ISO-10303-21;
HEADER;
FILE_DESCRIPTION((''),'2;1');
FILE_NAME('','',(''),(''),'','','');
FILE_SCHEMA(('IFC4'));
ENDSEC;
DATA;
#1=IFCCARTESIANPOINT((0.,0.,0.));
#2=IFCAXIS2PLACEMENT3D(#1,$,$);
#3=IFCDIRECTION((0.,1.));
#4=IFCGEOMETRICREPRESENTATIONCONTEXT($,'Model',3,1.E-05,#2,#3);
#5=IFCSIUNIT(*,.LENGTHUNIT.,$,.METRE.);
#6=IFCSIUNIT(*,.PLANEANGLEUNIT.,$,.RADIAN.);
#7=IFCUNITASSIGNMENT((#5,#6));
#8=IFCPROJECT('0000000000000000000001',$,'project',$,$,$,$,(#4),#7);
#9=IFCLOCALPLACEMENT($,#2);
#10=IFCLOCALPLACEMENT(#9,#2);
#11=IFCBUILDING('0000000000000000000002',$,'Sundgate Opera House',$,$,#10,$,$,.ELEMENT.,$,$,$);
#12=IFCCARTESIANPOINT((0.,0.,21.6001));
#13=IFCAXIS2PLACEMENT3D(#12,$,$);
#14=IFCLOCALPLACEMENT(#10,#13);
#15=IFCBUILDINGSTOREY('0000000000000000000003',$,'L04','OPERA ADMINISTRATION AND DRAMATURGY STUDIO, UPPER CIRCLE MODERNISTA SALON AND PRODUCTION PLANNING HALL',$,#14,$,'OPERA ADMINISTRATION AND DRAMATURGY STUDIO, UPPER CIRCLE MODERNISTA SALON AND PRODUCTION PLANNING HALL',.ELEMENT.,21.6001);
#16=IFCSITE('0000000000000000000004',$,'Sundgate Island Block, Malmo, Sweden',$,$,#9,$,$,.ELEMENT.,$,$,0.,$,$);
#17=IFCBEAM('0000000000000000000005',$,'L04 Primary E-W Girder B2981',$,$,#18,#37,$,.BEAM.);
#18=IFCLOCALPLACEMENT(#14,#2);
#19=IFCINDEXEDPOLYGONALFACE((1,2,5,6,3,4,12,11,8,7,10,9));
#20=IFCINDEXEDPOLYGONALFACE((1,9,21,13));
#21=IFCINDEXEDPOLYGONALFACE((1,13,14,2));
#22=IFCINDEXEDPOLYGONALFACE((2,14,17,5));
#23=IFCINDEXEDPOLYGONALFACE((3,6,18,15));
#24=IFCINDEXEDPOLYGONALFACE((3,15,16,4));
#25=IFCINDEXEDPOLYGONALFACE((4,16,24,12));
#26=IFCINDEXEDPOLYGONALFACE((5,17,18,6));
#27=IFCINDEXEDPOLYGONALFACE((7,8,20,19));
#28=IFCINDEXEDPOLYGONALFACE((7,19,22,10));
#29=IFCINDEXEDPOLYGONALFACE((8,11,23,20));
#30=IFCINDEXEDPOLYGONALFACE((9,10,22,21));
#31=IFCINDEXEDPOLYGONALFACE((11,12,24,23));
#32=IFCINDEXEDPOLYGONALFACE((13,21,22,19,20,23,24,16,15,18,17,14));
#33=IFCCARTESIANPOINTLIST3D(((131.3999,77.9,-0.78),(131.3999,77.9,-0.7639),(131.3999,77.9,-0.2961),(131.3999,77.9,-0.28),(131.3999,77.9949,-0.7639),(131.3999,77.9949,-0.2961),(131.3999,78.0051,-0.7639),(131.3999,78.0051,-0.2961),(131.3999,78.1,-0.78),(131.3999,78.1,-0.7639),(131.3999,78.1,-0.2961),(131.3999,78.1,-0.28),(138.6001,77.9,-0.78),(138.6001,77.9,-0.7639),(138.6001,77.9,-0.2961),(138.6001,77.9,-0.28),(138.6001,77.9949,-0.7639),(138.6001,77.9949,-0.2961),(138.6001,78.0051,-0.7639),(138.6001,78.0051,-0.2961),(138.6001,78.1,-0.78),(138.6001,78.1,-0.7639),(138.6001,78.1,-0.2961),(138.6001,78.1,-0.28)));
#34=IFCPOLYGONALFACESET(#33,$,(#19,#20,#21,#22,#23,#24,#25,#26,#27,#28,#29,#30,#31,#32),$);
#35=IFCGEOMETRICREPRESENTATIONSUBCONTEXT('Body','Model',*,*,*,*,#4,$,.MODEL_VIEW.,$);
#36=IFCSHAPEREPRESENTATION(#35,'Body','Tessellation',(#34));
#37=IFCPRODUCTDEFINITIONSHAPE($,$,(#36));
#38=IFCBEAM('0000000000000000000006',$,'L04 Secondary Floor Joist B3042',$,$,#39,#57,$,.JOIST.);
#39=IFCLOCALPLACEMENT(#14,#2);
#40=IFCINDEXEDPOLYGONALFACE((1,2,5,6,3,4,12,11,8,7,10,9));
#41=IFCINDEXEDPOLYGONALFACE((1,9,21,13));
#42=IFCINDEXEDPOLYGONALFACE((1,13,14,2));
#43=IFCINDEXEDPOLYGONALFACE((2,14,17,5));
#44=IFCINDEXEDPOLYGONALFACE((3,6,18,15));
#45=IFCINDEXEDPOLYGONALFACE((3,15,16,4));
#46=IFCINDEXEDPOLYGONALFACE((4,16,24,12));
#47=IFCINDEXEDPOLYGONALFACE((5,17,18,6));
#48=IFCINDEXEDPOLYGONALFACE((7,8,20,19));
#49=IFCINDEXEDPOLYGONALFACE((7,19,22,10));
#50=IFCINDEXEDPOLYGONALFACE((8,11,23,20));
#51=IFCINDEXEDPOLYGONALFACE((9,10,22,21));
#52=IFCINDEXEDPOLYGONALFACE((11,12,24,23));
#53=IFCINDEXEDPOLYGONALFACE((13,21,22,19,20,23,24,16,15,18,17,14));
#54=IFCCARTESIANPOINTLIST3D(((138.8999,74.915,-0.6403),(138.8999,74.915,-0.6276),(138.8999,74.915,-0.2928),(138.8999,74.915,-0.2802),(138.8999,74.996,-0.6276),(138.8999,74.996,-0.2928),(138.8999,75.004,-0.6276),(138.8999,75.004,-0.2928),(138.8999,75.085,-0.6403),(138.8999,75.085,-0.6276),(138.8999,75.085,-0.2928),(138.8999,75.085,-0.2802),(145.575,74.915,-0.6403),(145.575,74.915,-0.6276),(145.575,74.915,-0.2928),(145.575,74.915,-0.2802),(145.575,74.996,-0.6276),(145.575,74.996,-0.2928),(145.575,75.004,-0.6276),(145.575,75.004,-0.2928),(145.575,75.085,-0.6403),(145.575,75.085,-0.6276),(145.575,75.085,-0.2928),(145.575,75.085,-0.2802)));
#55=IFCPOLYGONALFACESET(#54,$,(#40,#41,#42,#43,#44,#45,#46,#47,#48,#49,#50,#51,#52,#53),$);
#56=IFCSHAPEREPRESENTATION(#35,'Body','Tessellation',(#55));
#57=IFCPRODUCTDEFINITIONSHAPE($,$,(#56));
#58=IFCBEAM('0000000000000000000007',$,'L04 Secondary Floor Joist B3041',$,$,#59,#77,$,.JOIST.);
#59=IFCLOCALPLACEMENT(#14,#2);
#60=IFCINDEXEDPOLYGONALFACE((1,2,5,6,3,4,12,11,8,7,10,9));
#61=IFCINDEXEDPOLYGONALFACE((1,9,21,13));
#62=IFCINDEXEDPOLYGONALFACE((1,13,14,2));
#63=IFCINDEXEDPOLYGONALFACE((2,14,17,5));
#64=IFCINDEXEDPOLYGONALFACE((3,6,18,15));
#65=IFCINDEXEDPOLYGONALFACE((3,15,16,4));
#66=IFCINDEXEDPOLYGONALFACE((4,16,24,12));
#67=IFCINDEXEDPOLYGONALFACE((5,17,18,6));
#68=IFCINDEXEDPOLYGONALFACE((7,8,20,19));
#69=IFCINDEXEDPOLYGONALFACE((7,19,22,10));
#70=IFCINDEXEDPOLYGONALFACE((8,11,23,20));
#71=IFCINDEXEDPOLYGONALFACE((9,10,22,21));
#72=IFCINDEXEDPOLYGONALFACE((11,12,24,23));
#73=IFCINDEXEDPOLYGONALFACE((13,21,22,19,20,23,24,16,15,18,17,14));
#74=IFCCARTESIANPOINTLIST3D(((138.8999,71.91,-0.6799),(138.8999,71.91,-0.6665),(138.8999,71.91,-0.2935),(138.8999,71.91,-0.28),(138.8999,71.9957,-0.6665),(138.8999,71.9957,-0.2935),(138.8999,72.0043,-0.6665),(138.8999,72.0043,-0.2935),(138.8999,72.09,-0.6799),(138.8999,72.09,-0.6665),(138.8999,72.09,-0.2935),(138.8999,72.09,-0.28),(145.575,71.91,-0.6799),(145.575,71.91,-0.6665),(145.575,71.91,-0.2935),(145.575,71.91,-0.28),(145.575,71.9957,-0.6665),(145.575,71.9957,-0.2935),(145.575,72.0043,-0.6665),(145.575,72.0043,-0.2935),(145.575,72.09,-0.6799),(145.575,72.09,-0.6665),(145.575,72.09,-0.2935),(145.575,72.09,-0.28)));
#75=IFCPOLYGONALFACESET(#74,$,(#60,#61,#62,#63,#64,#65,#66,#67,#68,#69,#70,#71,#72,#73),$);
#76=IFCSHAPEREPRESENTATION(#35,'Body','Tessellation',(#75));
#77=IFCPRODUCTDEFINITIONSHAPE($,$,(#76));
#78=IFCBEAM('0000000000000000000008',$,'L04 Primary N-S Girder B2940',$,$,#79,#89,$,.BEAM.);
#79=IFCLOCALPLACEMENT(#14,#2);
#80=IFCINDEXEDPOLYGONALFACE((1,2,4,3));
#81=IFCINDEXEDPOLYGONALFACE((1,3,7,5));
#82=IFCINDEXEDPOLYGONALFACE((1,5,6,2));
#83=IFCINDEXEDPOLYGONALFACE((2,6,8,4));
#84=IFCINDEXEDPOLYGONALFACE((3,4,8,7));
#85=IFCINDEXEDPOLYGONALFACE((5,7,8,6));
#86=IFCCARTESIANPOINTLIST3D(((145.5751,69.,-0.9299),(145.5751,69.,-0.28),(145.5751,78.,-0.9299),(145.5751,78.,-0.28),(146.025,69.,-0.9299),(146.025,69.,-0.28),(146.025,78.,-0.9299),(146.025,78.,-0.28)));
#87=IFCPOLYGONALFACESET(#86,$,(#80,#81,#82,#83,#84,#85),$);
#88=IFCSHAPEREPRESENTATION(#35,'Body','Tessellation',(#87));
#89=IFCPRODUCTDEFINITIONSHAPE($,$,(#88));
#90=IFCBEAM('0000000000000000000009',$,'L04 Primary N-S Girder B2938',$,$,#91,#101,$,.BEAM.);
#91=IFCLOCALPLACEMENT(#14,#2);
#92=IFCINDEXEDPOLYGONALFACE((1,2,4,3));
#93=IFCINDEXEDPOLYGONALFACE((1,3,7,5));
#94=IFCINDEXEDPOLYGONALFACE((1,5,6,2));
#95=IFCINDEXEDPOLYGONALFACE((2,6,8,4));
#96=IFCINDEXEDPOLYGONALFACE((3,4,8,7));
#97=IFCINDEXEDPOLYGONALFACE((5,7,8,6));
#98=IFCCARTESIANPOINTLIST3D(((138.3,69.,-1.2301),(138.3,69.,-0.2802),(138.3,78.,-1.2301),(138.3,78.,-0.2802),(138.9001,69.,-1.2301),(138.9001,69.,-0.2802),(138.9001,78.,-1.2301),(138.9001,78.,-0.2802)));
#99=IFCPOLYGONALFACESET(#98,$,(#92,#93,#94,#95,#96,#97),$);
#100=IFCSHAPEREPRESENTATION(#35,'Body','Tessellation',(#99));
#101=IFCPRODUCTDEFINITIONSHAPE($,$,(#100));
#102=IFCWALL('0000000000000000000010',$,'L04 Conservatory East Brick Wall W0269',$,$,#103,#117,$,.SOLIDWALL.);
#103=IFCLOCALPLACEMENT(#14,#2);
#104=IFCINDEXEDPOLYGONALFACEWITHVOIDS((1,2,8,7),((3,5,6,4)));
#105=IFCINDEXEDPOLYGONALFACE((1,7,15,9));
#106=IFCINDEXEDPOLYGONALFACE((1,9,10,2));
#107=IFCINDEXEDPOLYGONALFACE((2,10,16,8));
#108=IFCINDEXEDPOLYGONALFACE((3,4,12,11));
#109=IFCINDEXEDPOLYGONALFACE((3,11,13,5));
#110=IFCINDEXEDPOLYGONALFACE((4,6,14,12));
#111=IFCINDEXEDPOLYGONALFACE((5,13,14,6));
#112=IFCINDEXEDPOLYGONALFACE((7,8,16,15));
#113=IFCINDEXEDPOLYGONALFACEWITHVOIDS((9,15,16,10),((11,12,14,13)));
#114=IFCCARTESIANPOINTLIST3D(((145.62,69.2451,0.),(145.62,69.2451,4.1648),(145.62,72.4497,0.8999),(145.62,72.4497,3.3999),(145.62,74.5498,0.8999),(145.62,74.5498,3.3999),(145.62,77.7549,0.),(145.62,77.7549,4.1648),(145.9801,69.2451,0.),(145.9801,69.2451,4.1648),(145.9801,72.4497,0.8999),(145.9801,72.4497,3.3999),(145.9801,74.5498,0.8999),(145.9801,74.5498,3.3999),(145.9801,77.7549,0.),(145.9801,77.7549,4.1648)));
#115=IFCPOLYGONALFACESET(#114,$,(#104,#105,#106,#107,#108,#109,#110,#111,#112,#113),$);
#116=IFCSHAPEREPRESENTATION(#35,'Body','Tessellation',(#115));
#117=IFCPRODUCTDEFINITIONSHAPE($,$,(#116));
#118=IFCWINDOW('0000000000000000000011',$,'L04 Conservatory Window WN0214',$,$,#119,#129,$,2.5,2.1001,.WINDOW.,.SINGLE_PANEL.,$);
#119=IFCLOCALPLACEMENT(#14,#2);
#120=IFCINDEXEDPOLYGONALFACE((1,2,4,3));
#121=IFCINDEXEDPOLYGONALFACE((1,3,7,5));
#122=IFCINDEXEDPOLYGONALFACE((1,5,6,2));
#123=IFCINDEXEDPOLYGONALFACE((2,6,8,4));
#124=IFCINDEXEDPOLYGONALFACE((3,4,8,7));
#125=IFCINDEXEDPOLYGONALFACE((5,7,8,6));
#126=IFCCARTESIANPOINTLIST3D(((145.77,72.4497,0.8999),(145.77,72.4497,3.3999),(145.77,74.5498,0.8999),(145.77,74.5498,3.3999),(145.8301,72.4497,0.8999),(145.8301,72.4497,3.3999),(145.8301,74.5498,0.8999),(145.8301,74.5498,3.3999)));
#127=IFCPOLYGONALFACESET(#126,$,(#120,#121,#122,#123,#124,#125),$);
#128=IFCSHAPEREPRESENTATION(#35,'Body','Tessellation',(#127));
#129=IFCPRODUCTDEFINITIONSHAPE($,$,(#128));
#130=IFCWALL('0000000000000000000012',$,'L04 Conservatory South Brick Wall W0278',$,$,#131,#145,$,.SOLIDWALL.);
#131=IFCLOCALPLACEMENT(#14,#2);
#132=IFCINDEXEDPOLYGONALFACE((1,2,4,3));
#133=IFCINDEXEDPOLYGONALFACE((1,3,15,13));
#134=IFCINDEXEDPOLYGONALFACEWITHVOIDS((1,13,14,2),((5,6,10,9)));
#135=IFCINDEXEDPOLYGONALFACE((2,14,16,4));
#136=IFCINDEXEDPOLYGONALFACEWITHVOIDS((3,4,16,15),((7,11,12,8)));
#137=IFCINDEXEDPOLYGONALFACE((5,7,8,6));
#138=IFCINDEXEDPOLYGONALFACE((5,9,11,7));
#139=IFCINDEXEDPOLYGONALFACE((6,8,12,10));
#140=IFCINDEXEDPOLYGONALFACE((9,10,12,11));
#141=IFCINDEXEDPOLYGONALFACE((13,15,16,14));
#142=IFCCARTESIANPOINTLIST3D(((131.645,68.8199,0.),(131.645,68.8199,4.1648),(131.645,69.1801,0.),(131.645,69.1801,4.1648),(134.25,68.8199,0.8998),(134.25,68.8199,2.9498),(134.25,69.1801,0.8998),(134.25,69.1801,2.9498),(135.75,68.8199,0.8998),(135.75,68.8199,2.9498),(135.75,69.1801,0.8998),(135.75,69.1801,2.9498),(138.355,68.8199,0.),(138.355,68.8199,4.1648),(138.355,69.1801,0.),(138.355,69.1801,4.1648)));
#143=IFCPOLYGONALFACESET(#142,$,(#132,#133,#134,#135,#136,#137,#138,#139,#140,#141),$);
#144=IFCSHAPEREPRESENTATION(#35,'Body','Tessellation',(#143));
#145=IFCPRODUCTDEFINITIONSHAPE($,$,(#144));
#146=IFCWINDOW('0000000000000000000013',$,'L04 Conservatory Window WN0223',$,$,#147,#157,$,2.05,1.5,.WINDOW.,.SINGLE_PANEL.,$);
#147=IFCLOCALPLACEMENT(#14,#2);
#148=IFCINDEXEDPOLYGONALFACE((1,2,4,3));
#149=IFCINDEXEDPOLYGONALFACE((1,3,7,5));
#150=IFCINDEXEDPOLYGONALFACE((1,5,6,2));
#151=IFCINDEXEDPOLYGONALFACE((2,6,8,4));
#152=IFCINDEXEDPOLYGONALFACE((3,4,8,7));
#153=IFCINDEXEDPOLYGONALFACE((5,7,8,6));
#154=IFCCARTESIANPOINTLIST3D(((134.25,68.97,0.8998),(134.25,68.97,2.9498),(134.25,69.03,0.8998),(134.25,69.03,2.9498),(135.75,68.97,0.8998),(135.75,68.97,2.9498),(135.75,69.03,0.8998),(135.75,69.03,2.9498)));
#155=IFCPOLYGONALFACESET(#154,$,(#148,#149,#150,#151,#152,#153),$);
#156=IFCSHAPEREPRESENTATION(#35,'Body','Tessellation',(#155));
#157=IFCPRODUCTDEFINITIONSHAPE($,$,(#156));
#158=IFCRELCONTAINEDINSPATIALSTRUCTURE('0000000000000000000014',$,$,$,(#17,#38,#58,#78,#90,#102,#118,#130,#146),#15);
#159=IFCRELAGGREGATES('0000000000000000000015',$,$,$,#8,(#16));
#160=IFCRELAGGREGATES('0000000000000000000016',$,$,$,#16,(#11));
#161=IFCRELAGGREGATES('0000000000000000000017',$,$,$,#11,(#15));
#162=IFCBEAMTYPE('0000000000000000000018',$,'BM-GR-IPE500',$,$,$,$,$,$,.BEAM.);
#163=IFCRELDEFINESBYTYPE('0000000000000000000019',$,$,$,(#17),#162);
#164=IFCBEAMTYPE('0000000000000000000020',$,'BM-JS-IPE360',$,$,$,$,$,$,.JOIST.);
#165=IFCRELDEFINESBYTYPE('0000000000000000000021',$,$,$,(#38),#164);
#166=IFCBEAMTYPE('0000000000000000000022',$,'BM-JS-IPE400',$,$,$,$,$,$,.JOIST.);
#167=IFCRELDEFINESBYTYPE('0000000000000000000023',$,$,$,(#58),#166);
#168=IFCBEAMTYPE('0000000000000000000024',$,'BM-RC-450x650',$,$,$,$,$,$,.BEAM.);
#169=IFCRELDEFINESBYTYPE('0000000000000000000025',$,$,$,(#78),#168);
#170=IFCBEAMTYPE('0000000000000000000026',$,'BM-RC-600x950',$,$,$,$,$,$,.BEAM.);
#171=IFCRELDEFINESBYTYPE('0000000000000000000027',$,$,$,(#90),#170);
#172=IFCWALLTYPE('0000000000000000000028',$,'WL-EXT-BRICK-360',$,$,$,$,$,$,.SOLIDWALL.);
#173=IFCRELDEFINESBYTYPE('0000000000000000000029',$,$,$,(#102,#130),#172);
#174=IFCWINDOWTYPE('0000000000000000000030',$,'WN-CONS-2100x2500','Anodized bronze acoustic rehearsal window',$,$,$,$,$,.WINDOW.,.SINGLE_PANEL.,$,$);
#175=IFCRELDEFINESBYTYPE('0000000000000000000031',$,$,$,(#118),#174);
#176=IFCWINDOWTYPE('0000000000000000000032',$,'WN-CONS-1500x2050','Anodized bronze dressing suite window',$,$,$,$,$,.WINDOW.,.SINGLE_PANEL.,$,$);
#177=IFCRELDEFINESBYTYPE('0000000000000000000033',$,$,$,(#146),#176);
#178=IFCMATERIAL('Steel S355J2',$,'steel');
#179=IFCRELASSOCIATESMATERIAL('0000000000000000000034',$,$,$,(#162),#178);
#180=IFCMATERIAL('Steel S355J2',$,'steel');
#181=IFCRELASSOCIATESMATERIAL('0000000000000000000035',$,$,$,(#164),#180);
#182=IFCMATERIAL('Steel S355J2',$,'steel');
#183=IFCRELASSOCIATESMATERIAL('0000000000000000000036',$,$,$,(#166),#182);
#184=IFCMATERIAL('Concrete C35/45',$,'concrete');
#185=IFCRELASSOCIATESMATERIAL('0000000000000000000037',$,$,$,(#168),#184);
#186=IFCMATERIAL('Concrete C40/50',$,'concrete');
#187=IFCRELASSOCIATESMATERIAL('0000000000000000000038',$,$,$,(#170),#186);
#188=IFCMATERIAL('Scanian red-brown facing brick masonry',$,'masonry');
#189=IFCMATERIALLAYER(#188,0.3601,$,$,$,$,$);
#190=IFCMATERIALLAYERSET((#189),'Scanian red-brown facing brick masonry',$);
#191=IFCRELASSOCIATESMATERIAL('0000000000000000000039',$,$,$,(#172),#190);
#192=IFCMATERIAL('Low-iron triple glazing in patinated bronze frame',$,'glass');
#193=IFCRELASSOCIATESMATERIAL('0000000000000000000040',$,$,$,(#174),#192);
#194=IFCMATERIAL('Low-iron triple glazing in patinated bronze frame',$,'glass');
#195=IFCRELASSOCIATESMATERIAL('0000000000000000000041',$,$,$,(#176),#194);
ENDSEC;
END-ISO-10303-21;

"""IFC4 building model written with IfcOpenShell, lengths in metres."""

from ifc_helpers import new_model, si_unit, direction, frame, frame_2d, origin, origin_2d, place, context, subcontext, project, spatial, rectangle, i_section, extrude, material, layer, layer_set, material_profile, profile_set, type_object, element, fill, save


model = new_model("IFC4")

# Units and contexts
model_context = context("Model", 3, precision=1e-05, world=origin(), true_north=direction((0.0, 1.0)))
body_context = subcontext(model_context, "Body", "Model", "MODEL_VIEW")
ifc_project = project(units=[si_unit("LENGTHUNIT", "METRE"), si_unit("PLANEANGLEUNIT", "RADIAN")], contexts=[model_context])

# Site, building, storey
site_placement = place(None, origin())
site = spatial("IfcSite", under=ifc_project, at=site_placement, Name="Sundgate Island Block, Malmo, Sweden", CompositionType="ELEMENT", RefElevation=0.0)
building_placement = place(site_placement, origin())
building = spatial("IfcBuilding", under=site, at=building_placement, Name="Sundgate Opera House", CompositionType="ELEMENT")
storey_placement = place(building_placement, frame((0.0, 0.0, 21.6001)))
storey = spatial("IfcBuildingStorey", under=building, at=storey_placement, Name="L04", Description="OPERA ADMINISTRATION AND DRAMATURGY STUDIO, UPPER CIRCLE MODERNISTA SALON AND PRODUCTION PLANNING HALL", LongName="OPERA ADMINISTRATION AND DRAMATURGY STUDIO, UPPER CIRCLE MODERNISTA SALON AND PRODUCTION PLANNING HALL", CompositionType="ELEMENT", Elevation=21.6001)

# Beams
ifc_material_1 = material(Name="Steel S355J2", Category="steel")
ifc_material_profile_1 = material_profile(ifc_material_1, i_section(OverallWidth=0.2, OverallDepth=0.5, WebThickness=0.0103, FlangeThickness=0.0161, at=origin_2d()), Name="IPE 500")
ifc_profile_set_1 = profile_set([ifc_material_profile_1], Name="Steel S355J2")
beam_type_1 = type_object("IfcBeamType", Name="BM-GR-IPE500", PredefinedType="BEAM", material=ifc_profile_set_1)
beam_1_placement = place(storey_placement, frame((131.3999, 78.0, -0.53), z_axis=(1.0, 0.0, 0.0), x_axis=(0.0, 1.0, 0.0)))
element("IfcBeam", 1, at=beam_1_placement, inside=storey, type_object=beam_type_1, Name="L04 Primary E-W Girder B2981", PredefinedType="BEAM", context=body_context, shape_type="SweptSolid", body=[
    extrude(i_section(OverallWidth=0.2, OverallDepth=0.5, WebThickness=0.0103, FlangeThickness=0.0161, at=origin_2d()), origin(), (0.0, 0.0, 1.0), 7.2002),
])
ifc_material_2 = material(Name="Steel S355J2", Category="steel")
ifc_material_profile_2 = material_profile(ifc_material_2, i_section(OverallWidth=0.1699, OverallDepth=0.3601, WebThickness=0.0081, FlangeThickness=0.0127, at=origin_2d()), Name="IPE 360")
ifc_profile_set_2 = profile_set([ifc_material_profile_2], Name="Steel S355J2")
beam_type_2 = type_object("IfcBeamType", Name="BM-JS-IPE360", PredefinedType="JOIST", material=ifc_profile_set_2)
beam_2_placement = place(storey_placement, frame((138.8999, 75.0, -0.4602), z_axis=(1.0, 0.0, 0.0), x_axis=(0.0, 1.0, 0.0)))
element("IfcBeam", 2, at=beam_2_placement, inside=storey, type_object=beam_type_2, Name="L04 Secondary Floor Joist B3042", PredefinedType="JOIST", context=body_context, shape_type="SweptSolid", body=[
    extrude(i_section(OverallWidth=0.1699, OverallDepth=0.3601, WebThickness=0.0081, FlangeThickness=0.0127, at=origin_2d()), origin(), (0.0, 0.0, 1.0), 6.675),
])
ifc_material_3 = material(Name="Steel S355J2", Category="steel")
ifc_material_profile_3 = material_profile(ifc_material_3, i_section(OverallWidth=0.1799, OverallDepth=0.3999, WebThickness=0.0085, FlangeThickness=0.0134, at=origin_2d()), Name="IPE 400")
ifc_profile_set_3 = profile_set([ifc_material_profile_3], Name="Steel S355J2")
beam_type_3 = type_object("IfcBeamType", Name="BM-JS-IPE400", PredefinedType="JOIST", material=ifc_profile_set_3)
beam_3_placement = place(storey_placement, frame((138.8999, 72.0, -0.48), z_axis=(1.0, 0.0, 0.0), x_axis=(0.0, 1.0, 0.0)))
element("IfcBeam", 3, at=beam_3_placement, inside=storey, type_object=beam_type_3, Name="L04 Secondary Floor Joist B3041", PredefinedType="JOIST", context=body_context, shape_type="SweptSolid", body=[
    extrude(i_section(OverallWidth=0.1799, OverallDepth=0.3999, WebThickness=0.0085, FlangeThickness=0.0134, at=origin_2d()), origin(), (0.0, 0.0, 1.0), 6.675),
])
ifc_material_4 = material(Name="Concrete C35/45", Category="concrete")
ifc_material_profile_4 = material_profile(ifc_material_4, rectangle(XDim=0.45, YDim=0.6499, at=origin_2d()), Name="RC 450x650")
ifc_profile_set_4 = profile_set([ifc_material_profile_4], Name="Concrete C35/45")
beam_type_4 = type_object("IfcBeamType", Name="BM-RC-450x650", PredefinedType="BEAM", material=ifc_profile_set_4)
beam_4_placement = place(storey_placement, frame((145.8, 69.0, -0.605), z_axis=(0.0, 1.0, 0.0), x_axis=(-1.0, 0.0, 0.0)))
element("IfcBeam", 4, at=beam_4_placement, inside=storey, type_object=beam_type_4, Name="L04 Primary N-S Girder B2940", PredefinedType="BEAM", context=body_context, shape_type="SweptSolid", body=[
    extrude(rectangle(XDim=0.45, YDim=0.6499, at=origin_2d()), origin(), (0.0, 0.0, 1.0), 9.0),
])
ifc_material_5 = material(Name="Concrete C40/50", Category="concrete")
ifc_material_profile_5 = material_profile(ifc_material_5, rectangle(XDim=0.6001, YDim=0.95, at=origin_2d()), Name="RC 600x950")
ifc_profile_set_5 = profile_set([ifc_material_profile_5], Name="Concrete C40/50")
beam_type_5 = type_object("IfcBeamType", Name="BM-RC-600x950", PredefinedType="BEAM", material=ifc_profile_set_5)
beam_5_placement = place(storey_placement, frame((138.6001, 69.0, -0.7551), z_axis=(0.0, 1.0, 0.0), x_axis=(-1.0, 0.0, 0.0)))
element("IfcBeam", 5, at=beam_5_placement, inside=storey, type_object=beam_type_5, Name="L04 Primary N-S Girder B2938", PredefinedType="BEAM", context=body_context, shape_type="SweptSolid", body=[
    extrude(rectangle(XDim=0.6001, YDim=0.95, at=origin_2d()), origin(), (0.0, 0.0, 1.0), 9.0),
])

# Walls, openings, windows
ifc_material_6 = material(Name="Scanian red-brown facing brick masonry", Category="masonry")
ifc_layer = layer(ifc_material_6, 0.3601)
ifc_layer_set = layer_set([ifc_layer], Name="Scanian red-brown facing brick masonry")
wall_type = type_object("IfcWallType", Name="WL-EXT-BRICK-360", PredefinedType="SOLIDWALL", material=ifc_layer_set)
wall_1_placement = place(storey_placement, frame((145.8, 77.7549, 0.0), z_axis=(0.0, 0.0, 1.0), x_axis=(0.0, -1.0, 0.0)))
wall_1 = element("IfcWall", 6, at=wall_1_placement, inside=storey, type_object=wall_type, Name="L04 Conservatory East Brick Wall W0269", PredefinedType="SOLIDWALL", context=body_context, shape_type="SweptSolid", body=[
    extrude(rectangle(XDim=8.5098, YDim=0.3601, at=frame_2d((4.2549, 0.0))), origin(), (0.0, 0.0, 1.0), 4.1648),
])
opening_1_placement = place(wall_1_placement, frame((3.2051, 0.0, 0.8999)))
opening_1 = element("IfcOpeningElement", 7, at=opening_1_placement, cuts=wall_1, PredefinedType="OPENING", context=body_context, shape_type="SweptSolid", body=[
    extrude(rectangle(XDim=2.1001, YDim=2.5, at=frame_2d((1.05, 1.25))), frame((0.0, 0.1899, 0.0), z_axis=(0.0, -1.0, 0.0), x_axis=(1.0, 0.0, 0.0)), (0.0, 0.0, 1.0), 0.3801),
])
ifc_material_7 = material(Name="Low-iron triple glazing in patinated bronze frame", Category="glass")
window_type_1 = type_object("IfcWindowType", Name="WN-CONS-2100x2500", Description="Anodized bronze acoustic rehearsal window", PartitioningType="SINGLE_PANEL", PredefinedType="WINDOW", material=ifc_material_7)
window_1_placement = place(opening_1_placement, origin())
window_1 = element("IfcWindow", 8, at=window_1_placement, inside=storey, type_object=window_type_1, Name="L04 Conservatory Window WN0214", OverallHeight=2.5, OverallWidth=2.1001, PartitioningType="SINGLE_PANEL", PredefinedType="WINDOW", context=body_context, shape_type="SweptSolid", body=[
    extrude(rectangle(XDim=2.1001, YDim=2.5, at=frame_2d((1.05, 1.25))), frame((0.0, 0.03, 0.0), z_axis=(0.0, -1.0, 0.0), x_axis=(1.0, 0.0, 0.0)), (0.0, 0.0, 1.0), 0.0601),
])
fill(opening_1, window_1)
wall_2_placement = place(storey_placement, frame((138.355, 69.0, 0.0), z_axis=(0.0, 0.0, 1.0), x_axis=(-1.0, 0.0, 0.0)))
wall_2 = element("IfcWall", 9, at=wall_2_placement, inside=storey, type_object=wall_type, Name="L04 Conservatory South Brick Wall W0278", PredefinedType="SOLIDWALL", context=body_context, shape_type="SweptSolid", body=[
    extrude(rectangle(XDim=6.71, YDim=0.3601, at=frame_2d((3.355, 0.0))), origin(), (0.0, 0.0, 1.0), 4.1648),
])
opening_2_placement = place(wall_2_placement, frame((2.605, 0.0, 0.8999)))
opening_2 = element("IfcOpeningElement", 10, at=opening_2_placement, cuts=wall_2, PredefinedType="OPENING", context=body_context, shape_type="SweptSolid", body=[
    extrude(rectangle(XDim=1.5, YDim=2.05, at=frame_2d((0.75, 1.0249))), frame((0.0, 0.1899, 0.0), z_axis=(0.0, -1.0, 0.0), x_axis=(1.0, 0.0, 0.0)), (0.0, 0.0, 1.0), 0.3801),
])
ifc_material_8 = material(Name="Low-iron triple glazing in patinated bronze frame", Category="glass")
window_type_2 = type_object("IfcWindowType", Name="WN-CONS-1500x2050", Description="Anodized bronze dressing suite window", PartitioningType="SINGLE_PANEL", PredefinedType="WINDOW", material=ifc_material_8)
window_2_placement = place(opening_2_placement, origin())
window_2 = element("IfcWindow", 11, at=window_2_placement, inside=storey, type_object=window_type_2, Name="L04 Conservatory Window WN0223", OverallHeight=2.05, OverallWidth=1.5, PartitioningType="SINGLE_PANEL", PredefinedType="WINDOW", context=body_context, shape_type="SweptSolid", body=[
    extrude(rectangle(XDim=1.5, YDim=2.05, at=frame_2d((0.75, 1.0249))), frame((0.0, 0.03, 0.0), z_axis=(0.0, -1.0, 0.0), x_axis=(1.0, 0.0, 0.0)), (0.0, 0.0, 1.0), 0.0601),
])
fill(opening_2, window_2)

save(model, "model.ifc")
